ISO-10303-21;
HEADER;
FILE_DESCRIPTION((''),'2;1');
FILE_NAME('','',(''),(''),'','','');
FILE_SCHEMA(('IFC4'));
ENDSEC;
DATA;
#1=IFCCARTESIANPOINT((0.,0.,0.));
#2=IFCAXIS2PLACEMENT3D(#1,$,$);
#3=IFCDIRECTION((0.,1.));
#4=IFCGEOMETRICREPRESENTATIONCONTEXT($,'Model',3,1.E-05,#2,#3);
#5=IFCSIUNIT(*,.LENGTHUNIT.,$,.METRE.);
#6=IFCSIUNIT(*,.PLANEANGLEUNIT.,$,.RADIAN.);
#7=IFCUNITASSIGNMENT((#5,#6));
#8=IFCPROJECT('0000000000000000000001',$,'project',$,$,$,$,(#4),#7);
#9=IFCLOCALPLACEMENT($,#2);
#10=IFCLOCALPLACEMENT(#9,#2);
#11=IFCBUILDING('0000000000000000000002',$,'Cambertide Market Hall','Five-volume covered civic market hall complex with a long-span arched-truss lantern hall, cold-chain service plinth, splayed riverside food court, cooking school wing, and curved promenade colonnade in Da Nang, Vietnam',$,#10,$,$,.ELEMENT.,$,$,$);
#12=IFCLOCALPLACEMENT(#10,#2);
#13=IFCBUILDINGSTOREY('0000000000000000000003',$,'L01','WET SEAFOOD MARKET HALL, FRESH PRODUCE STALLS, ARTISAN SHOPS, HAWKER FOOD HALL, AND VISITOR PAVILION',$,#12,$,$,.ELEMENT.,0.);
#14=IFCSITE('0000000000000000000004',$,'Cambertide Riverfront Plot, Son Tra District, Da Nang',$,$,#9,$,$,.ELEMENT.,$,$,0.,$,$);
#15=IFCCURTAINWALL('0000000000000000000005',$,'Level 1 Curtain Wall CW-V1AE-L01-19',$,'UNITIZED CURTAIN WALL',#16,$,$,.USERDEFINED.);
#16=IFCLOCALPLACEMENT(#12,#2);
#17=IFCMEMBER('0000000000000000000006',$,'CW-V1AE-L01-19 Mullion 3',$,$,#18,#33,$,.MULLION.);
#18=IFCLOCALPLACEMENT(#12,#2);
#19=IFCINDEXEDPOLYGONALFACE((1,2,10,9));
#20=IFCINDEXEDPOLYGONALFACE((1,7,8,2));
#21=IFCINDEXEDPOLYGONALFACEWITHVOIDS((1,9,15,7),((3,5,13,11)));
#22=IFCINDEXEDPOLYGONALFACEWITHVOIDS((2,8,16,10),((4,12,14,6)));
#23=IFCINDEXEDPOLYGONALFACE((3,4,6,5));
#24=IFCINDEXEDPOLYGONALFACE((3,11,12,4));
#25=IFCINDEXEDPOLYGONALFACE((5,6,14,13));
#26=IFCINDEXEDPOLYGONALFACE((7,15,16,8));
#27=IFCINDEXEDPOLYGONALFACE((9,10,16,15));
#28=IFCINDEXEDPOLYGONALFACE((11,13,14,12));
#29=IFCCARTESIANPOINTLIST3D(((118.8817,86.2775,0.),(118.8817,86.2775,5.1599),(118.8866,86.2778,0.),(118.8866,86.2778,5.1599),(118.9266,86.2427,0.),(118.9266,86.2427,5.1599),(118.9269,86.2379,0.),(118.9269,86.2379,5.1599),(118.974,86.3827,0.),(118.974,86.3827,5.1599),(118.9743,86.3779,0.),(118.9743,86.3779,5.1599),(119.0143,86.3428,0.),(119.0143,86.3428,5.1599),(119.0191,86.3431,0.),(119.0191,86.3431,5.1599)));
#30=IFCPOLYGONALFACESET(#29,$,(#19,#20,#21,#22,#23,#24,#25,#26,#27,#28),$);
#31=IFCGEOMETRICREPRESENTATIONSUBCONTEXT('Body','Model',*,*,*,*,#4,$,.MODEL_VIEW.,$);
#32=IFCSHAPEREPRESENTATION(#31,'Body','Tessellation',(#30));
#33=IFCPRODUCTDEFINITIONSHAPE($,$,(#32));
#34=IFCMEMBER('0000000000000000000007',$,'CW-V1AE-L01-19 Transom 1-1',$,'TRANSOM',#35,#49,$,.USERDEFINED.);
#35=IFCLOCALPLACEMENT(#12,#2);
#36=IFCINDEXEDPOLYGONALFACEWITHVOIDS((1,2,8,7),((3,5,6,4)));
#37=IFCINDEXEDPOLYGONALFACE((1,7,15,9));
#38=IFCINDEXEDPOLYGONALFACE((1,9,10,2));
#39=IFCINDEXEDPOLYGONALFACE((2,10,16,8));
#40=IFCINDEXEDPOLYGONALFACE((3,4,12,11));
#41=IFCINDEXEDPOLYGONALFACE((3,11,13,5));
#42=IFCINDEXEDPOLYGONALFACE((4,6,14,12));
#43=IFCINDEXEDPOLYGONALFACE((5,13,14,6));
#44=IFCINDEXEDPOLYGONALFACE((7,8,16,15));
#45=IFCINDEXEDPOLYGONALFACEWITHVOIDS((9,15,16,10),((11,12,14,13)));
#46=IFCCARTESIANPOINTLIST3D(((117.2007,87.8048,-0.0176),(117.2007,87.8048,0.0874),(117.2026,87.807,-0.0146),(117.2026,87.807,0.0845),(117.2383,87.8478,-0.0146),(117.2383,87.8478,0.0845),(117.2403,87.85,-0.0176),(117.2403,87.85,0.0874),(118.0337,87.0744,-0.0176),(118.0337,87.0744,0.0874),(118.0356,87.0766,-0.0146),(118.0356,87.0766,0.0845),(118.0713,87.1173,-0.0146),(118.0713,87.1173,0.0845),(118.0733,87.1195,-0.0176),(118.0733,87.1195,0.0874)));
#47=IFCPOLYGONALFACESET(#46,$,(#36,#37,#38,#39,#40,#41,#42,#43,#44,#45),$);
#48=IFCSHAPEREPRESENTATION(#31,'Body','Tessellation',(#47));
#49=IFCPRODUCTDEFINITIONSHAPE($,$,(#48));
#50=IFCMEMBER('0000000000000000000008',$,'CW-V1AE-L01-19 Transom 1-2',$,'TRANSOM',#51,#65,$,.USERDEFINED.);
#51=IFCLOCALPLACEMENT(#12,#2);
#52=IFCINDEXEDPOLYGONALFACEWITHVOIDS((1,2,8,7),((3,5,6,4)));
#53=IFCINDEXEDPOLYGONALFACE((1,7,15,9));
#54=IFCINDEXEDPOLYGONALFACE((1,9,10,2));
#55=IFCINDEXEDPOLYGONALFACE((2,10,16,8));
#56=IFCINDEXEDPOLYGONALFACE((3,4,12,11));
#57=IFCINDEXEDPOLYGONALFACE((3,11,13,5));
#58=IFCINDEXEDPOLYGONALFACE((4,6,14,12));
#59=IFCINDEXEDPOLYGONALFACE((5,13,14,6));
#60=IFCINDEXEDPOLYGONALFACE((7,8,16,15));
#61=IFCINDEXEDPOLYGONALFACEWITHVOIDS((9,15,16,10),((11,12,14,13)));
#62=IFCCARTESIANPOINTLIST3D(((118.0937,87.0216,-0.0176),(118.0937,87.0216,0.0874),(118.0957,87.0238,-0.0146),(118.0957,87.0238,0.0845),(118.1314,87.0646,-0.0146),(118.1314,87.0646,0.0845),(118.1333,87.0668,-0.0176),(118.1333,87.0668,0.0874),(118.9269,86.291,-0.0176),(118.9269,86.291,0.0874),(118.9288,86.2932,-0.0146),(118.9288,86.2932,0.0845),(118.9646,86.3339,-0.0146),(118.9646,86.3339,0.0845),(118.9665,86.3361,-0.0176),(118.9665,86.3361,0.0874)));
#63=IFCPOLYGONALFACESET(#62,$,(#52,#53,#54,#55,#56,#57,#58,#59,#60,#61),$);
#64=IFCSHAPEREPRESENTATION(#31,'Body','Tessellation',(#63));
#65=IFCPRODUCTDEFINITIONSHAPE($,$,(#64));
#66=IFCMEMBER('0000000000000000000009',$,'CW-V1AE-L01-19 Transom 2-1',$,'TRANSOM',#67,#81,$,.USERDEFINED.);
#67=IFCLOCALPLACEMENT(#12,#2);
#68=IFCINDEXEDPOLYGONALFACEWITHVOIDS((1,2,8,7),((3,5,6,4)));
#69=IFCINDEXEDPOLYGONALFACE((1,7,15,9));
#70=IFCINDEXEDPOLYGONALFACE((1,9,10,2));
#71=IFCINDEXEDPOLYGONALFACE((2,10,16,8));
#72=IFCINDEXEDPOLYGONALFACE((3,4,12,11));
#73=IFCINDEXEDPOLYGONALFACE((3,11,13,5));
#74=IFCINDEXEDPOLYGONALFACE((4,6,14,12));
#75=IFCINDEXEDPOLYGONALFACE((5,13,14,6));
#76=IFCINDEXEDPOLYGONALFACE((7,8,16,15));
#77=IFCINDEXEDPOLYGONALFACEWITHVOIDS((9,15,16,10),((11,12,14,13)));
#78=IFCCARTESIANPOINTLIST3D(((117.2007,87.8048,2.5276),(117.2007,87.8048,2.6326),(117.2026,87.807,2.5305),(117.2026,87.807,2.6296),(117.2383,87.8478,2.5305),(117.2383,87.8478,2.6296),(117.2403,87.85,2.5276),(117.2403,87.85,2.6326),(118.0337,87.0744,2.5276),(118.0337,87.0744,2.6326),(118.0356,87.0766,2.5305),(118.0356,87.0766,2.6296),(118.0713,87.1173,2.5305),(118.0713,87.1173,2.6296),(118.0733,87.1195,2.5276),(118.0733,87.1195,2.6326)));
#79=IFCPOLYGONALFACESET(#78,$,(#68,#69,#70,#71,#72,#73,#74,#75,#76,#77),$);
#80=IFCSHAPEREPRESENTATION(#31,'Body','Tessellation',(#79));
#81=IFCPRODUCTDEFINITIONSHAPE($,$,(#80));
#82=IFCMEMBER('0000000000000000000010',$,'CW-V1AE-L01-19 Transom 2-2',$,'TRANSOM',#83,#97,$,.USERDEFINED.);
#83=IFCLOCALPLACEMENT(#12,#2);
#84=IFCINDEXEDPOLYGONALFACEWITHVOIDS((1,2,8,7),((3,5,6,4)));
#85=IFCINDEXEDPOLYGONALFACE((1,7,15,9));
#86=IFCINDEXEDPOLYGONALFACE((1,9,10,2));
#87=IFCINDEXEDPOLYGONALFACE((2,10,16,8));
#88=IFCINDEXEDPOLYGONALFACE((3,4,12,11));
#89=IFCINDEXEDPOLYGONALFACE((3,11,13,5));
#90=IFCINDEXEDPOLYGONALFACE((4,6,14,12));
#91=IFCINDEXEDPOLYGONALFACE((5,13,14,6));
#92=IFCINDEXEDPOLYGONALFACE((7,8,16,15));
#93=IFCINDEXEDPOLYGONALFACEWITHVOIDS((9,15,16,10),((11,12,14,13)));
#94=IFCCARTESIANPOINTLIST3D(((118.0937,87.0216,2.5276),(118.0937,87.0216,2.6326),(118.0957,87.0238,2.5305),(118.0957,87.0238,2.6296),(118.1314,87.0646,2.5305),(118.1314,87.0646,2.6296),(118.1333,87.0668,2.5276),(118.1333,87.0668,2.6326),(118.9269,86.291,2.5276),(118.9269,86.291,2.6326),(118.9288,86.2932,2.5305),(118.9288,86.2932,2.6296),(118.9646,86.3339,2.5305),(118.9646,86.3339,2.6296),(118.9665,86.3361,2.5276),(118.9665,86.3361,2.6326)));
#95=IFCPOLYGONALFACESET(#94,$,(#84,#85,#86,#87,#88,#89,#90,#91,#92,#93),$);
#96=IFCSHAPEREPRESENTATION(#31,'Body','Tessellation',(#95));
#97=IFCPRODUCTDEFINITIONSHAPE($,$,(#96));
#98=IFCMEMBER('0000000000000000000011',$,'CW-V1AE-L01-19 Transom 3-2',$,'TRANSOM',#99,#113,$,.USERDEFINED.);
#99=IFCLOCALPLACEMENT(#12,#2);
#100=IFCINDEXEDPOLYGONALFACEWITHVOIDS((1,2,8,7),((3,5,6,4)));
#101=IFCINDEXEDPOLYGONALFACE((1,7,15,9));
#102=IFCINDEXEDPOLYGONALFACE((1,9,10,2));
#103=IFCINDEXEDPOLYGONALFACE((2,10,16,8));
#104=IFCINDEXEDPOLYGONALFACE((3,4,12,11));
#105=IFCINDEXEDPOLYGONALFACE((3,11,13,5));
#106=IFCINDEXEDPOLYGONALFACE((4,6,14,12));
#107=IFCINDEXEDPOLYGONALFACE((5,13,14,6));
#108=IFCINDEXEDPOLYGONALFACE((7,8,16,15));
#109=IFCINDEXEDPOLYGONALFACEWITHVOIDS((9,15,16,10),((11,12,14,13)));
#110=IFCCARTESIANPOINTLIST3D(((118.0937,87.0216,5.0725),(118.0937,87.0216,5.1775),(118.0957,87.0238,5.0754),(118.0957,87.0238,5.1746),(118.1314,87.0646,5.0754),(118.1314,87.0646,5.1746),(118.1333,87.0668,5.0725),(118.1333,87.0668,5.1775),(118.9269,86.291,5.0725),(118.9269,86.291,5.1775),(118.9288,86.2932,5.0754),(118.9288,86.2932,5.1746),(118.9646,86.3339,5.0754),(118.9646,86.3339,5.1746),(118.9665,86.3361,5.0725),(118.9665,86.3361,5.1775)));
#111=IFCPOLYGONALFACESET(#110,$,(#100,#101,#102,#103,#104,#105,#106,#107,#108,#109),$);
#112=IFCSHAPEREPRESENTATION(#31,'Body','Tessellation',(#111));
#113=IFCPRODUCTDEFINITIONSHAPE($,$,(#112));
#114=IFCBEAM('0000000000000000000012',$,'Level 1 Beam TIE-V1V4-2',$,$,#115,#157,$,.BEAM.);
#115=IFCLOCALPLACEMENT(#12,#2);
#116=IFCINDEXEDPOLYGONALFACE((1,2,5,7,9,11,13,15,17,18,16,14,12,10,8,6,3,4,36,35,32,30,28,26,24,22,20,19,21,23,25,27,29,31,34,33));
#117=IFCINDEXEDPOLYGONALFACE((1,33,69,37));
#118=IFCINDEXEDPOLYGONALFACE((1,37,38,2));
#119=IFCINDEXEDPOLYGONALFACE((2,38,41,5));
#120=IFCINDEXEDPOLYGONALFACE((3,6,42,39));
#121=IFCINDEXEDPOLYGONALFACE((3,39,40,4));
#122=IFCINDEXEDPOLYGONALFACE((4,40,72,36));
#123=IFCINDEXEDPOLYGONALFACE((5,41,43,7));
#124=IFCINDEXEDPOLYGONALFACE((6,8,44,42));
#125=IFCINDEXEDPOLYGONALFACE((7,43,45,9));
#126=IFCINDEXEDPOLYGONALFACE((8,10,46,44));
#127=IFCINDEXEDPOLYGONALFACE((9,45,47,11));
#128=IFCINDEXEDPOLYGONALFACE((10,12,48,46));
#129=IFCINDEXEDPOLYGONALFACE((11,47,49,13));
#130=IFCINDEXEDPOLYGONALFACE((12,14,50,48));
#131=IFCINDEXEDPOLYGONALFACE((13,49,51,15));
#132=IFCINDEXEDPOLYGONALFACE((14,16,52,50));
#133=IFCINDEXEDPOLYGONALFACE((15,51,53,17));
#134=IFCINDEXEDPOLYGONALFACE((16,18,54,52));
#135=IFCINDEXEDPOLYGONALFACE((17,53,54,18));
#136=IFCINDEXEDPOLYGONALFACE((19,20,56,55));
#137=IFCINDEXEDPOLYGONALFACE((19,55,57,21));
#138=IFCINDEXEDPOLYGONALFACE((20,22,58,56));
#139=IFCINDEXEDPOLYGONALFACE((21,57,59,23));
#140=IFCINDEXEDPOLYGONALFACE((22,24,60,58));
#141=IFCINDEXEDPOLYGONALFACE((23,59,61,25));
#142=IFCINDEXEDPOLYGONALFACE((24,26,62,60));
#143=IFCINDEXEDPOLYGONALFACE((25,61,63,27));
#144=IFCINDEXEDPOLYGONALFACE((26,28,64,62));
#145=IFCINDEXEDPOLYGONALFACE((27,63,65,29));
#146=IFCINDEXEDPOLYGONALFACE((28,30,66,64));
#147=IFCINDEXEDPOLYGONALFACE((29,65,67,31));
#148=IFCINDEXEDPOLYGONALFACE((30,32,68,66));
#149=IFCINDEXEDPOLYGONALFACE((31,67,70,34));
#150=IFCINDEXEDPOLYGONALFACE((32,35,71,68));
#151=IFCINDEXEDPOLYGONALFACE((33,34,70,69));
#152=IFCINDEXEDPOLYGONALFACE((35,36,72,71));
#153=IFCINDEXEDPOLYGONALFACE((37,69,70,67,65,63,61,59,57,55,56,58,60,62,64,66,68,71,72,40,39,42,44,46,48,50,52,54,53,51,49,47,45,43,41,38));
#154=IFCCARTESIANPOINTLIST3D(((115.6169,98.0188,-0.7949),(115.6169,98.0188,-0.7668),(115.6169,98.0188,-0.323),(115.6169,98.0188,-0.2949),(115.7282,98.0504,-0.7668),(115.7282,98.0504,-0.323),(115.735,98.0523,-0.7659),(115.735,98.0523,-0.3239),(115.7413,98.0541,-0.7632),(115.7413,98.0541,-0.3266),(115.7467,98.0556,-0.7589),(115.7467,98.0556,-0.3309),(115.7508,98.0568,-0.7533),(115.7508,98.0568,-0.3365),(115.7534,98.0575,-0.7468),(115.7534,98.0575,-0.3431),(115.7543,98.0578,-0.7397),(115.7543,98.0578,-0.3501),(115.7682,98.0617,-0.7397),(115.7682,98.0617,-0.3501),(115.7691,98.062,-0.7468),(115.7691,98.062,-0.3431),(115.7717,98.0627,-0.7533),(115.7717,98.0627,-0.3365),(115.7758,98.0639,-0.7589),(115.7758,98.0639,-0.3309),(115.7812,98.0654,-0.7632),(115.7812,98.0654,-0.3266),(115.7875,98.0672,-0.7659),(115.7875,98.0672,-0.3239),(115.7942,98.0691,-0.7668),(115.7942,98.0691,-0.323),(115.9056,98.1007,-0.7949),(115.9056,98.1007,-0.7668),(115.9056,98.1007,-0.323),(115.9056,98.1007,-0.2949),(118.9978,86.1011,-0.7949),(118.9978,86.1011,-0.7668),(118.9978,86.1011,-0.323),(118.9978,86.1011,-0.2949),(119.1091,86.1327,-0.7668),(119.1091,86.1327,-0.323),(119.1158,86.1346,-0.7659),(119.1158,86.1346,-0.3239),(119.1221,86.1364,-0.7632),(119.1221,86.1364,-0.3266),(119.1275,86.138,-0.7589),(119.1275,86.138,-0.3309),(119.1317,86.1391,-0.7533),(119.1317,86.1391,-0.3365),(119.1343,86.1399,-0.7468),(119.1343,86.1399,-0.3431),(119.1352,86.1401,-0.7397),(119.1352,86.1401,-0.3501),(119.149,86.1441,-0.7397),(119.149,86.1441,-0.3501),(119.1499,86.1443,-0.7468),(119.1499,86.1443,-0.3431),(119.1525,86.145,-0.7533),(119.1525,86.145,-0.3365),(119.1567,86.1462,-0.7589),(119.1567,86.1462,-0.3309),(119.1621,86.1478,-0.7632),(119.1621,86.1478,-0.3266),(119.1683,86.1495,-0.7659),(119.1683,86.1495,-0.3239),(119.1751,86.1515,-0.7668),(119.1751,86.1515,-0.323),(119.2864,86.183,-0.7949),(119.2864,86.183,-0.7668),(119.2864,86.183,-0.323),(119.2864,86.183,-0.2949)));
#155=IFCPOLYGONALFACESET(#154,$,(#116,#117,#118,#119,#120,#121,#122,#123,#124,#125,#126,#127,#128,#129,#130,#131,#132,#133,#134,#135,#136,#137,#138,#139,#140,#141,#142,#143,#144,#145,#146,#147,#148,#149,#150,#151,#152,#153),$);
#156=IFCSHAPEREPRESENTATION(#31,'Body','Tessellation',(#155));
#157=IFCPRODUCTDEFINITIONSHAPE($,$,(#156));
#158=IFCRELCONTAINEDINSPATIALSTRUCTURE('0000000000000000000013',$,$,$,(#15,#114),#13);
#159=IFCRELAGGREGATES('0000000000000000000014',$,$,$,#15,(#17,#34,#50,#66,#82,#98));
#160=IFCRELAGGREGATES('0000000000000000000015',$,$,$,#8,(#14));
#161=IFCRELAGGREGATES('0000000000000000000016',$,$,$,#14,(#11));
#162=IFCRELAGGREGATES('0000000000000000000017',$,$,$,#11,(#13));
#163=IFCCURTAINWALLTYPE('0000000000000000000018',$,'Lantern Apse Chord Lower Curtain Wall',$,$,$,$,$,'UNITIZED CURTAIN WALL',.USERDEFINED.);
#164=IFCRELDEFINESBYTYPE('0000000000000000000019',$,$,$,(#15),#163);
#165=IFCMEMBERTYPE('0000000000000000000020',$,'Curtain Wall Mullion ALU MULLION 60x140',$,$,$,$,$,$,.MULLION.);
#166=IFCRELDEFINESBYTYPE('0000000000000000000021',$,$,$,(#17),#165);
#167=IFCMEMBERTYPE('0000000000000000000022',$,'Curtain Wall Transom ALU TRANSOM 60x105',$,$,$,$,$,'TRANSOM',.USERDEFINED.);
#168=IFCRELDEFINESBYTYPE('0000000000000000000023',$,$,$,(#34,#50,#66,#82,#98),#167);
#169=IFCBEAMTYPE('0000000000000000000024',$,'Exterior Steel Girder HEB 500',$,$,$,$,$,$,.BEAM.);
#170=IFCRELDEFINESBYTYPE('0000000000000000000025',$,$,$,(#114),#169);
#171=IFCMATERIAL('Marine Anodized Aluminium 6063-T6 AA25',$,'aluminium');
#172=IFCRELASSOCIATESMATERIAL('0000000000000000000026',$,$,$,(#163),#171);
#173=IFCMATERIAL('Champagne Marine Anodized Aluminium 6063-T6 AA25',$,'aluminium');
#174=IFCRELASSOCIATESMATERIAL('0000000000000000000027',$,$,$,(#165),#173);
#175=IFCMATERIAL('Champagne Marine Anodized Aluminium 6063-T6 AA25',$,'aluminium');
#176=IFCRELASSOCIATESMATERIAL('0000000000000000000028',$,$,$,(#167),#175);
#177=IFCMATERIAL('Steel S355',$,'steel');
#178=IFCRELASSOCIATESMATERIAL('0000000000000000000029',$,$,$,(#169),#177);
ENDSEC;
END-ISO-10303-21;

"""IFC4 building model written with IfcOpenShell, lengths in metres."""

from ifc_helpers import new_model, si_unit, direction, frame, origin, origin_2d, place, context, subcontext, project, spatial, hollow_rectangle, i_section, extrude, material, material_profile, profile_set, type_object, element, aggregate, save


model = new_model("IFC4")

# Units and contexts
model_context = context("Model", 3, precision=1e-05, world=origin(), true_north=direction((0.0, 1.0)))
body_context = subcontext(model_context, "Body", "Model", "MODEL_VIEW")
ifc_project = project(units=[si_unit("LENGTHUNIT", "METRE"), si_unit("PLANEANGLEUNIT", "RADIAN")], contexts=[model_context])

# Site, building, storey
site_placement = place(None, origin())
site = spatial("IfcSite", under=ifc_project, at=site_placement, Name="Cambertide Riverfront Plot, Son Tra District, Da Nang", CompositionType="ELEMENT", RefElevation=0.0)
building_placement = place(site_placement, origin())
building = spatial("IfcBuilding", under=site, at=building_placement, Name="Cambertide Market Hall", Description="Five-volume covered civic market hall complex with a long-span arched-truss lantern hall, cold-chain service plinth, splayed riverside food court, cooking school wing, and curved promenade colonnade in Da Nang, Vietnam", CompositionType="ELEMENT")
storey_placement = place(building_placement, origin())
storey = spatial("IfcBuildingStorey", under=building, at=storey_placement, Name="L01", Description="WET SEAFOOD MARKET HALL, FRESH PRODUCE STALLS, ARTISAN SHOPS, HAWKER FOOD HALL, AND VISITOR PAVILION", CompositionType="ELEMENT", Elevation=0.0)

# Curtain wall, members
ifc_material_1 = material(Name="Marine Anodized Aluminium 6063-T6 AA25", Category="aluminium")
curtain_wall_type = type_object("IfcCurtainWallType", Name="Lantern Apse Chord Lower Curtain Wall", ElementType="UNITIZED CURTAIN WALL", PredefinedType="USERDEFINED", material=ifc_material_1)
curtain_wall_placement = place(storey_placement, origin())
curtain_wall = element("IfcCurtainWall", 1, at=curtain_wall_placement, inside=storey, type_object=curtain_wall_type, Name="Level 1 Curtain Wall CW-V1AE-L01-19", ObjectType="UNITIZED CURTAIN WALL", PredefinedType="USERDEFINED")
ifc_material_2 = material(Name="Champagne Marine Anodized Aluminium 6063-T6 AA25", Category="aluminium")
ifc_material_profile_1 = material_profile(ifc_material_2, hollow_rectangle(XDim=0.0601, YDim=0.1399, WallThickness=0.0034, at=origin_2d()), Name="ALU MULLION 60x140")
ifc_profile_set_1 = profile_set([ifc_material_profile_1], Name="Champagne Marine Anodized Aluminium 6063-T6 AA25")
member_type_1 = type_object("IfcMemberType", Name="Curtain Wall Mullion ALU MULLION 60x140", PredefinedType="MULLION", material=ifc_profile_set_1)
member_1_placement = place(storey_placement, frame((118.9504, 86.3103, 0.0), z_axis=(0.0, 0.0, 1.0), x_axis=(0.75184, -0.659346, 0.0)))
member_1 = element("IfcMember", 2, at=member_1_placement, type_object=member_type_1, Name="CW-V1AE-L01-19 Mullion 3", PredefinedType="MULLION", context=body_context, shape_type="SweptSolid", body=[
    extrude(hollow_rectangle(XDim=0.0601, YDim=0.1399, WallThickness=0.0034, at=origin_2d()), origin(), (0.0, 0.0, 1.0), 5.1599),
])
ifc_material_3 = material(Name="Champagne Marine Anodized Aluminium 6063-T6 AA25", Category="aluminium")
ifc_material_profile_2 = material_profile(ifc_material_3, hollow_rectangle(XDim=0.0601, YDim=0.105, WallThickness=0.0029, at=origin_2d()), Name="ALU TRANSOM 60x105")
ifc_profile_set_2 = profile_set([ifc_material_profile_2], Name="Champagne Marine Anodized Aluminium 6063-T6 AA25")
member_type_2 = type_object("IfcMemberType", Name="Curtain Wall Transom ALU TRANSOM 60x105", ElementType="TRANSOM", PredefinedType="USERDEFINED", material=ifc_profile_set_2)
member_2_placement = place(storey_placement, frame((117.2205, 87.8274, 0.0349), z_axis=(0.751866, -0.659315, 0.0), x_axis=(0.659315, 0.751866, 0.0)))
member_2 = element("IfcMember", 3, at=member_2_placement, type_object=member_type_2, Name="CW-V1AE-L01-19 Transom 1-1", ObjectType="TRANSOM", PredefinedType="USERDEFINED", context=body_context, shape_type="SweptSolid", body=[
    extrude(hollow_rectangle(XDim=0.0601, YDim=0.105, WallThickness=0.0029, at=origin_2d()), origin(), (0.0, 0.0, 1.0), 1.1079),
])
member_3_placement = place(storey_placement, frame((118.1135, 87.0442, 0.0349), z_axis=(0.751853, -0.659331, 0.0), x_axis=(0.659331, 0.751853, 0.0)))
member_3 = element("IfcMember", 4, at=member_3_placement, type_object=member_type_2, Name="CW-V1AE-L01-19 Transom 1-2", ObjectType="TRANSOM", PredefinedType="USERDEFINED", context=body_context, shape_type="SweptSolid", body=[
    extrude(hollow_rectangle(XDim=0.0601, YDim=0.105, WallThickness=0.0029, at=origin_2d()), origin(), (0.0, 0.0, 1.0), 1.1082),
])
member_4_placement = place(storey_placement, frame((117.2205, 87.8274, 2.5801), z_axis=(0.751866, -0.659315, 0.0), x_axis=(0.659315, 0.751866, 0.0)))
member_4 = element("IfcMember", 5, at=member_4_placement, type_object=member_type_2, Name="CW-V1AE-L01-19 Transom 2-1", ObjectType="TRANSOM", PredefinedType="USERDEFINED", context=body_context, shape_type="SweptSolid", body=[
    extrude(hollow_rectangle(XDim=0.0601, YDim=0.105, WallThickness=0.0029, at=origin_2d()), origin(), (0.0, 0.0, 1.0), 1.1079),
])
member_5_placement = place(storey_placement, frame((118.1135, 87.0442, 2.5801), z_axis=(0.751853, -0.659331, 0.0), x_axis=(0.659331, 0.751853, 0.0)))
member_5 = element("IfcMember", 6, at=member_5_placement, type_object=member_type_2, Name="CW-V1AE-L01-19 Transom 2-2", ObjectType="TRANSOM", PredefinedType="USERDEFINED", context=body_context, shape_type="SweptSolid", body=[
    extrude(hollow_rectangle(XDim=0.0601, YDim=0.105, WallThickness=0.0029, at=origin_2d()), origin(), (0.0, 0.0, 1.0), 1.1082),
])
member_6_placement = place(storey_placement, frame((118.1135, 87.0442, 5.125), z_axis=(0.751853, -0.659331, 0.0), x_axis=(0.659331, 0.751853, 0.0)))
member_6 = element("IfcMember", 7, at=member_6_placement, type_object=member_type_2, Name="CW-V1AE-L01-19 Transom 3-2", ObjectType="TRANSOM", PredefinedType="USERDEFINED", context=body_context, shape_type="SweptSolid", body=[
    extrude(hollow_rectangle(XDim=0.0601, YDim=0.105, WallThickness=0.0029, at=origin_2d()), origin(), (0.0, 0.0, 1.0), 1.1082),
])

# Beam
ifc_material_4 = material(Name="Steel S355", Category="steel")
ifc_material_profile_3 = material_profile(ifc_material_4, i_section(OverallWidth=0.3, OverallDepth=0.5, WebThickness=0.0144, FlangeThickness=0.0281, FilletRadius=0.0271, at=origin_2d()), Name="HEB 500")
ifc_profile_set_3 = profile_set([ifc_material_profile_3], Name="Steel S355")
beam_type_1 = type_object("IfcBeamType", Name="Exterior Steel Girder HEB 500", PredefinedType="BEAM", material=ifc_profile_set_3)
beam_1_placement = place(storey_placement, frame((119.1421, 86.1421, -0.5449), z_axis=(-0.272914, 0.962038, 0.0), x_axis=(-0.962038, -0.272914, 0.0)))
element("IfcBeam", 8, at=beam_1_placement, inside=storey, type_object=beam_type_1, Name="Level 1 Beam TIE-V1V4-2", PredefinedType="BEAM", context=body_context, shape_type="SweptSolid", body=[
    extrude(i_section(OverallWidth=0.3, OverallDepth=0.5, WebThickness=0.0144, FlangeThickness=0.0281, FilletRadius=0.0271, at=origin_2d()), origin(), (0.0, 0.0, 1.0), 12.3879),
])

aggregate(curtain_wall, [member_1, member_2, member_3, member_4, member_5, member_6])

save(model, "model.ifc")
